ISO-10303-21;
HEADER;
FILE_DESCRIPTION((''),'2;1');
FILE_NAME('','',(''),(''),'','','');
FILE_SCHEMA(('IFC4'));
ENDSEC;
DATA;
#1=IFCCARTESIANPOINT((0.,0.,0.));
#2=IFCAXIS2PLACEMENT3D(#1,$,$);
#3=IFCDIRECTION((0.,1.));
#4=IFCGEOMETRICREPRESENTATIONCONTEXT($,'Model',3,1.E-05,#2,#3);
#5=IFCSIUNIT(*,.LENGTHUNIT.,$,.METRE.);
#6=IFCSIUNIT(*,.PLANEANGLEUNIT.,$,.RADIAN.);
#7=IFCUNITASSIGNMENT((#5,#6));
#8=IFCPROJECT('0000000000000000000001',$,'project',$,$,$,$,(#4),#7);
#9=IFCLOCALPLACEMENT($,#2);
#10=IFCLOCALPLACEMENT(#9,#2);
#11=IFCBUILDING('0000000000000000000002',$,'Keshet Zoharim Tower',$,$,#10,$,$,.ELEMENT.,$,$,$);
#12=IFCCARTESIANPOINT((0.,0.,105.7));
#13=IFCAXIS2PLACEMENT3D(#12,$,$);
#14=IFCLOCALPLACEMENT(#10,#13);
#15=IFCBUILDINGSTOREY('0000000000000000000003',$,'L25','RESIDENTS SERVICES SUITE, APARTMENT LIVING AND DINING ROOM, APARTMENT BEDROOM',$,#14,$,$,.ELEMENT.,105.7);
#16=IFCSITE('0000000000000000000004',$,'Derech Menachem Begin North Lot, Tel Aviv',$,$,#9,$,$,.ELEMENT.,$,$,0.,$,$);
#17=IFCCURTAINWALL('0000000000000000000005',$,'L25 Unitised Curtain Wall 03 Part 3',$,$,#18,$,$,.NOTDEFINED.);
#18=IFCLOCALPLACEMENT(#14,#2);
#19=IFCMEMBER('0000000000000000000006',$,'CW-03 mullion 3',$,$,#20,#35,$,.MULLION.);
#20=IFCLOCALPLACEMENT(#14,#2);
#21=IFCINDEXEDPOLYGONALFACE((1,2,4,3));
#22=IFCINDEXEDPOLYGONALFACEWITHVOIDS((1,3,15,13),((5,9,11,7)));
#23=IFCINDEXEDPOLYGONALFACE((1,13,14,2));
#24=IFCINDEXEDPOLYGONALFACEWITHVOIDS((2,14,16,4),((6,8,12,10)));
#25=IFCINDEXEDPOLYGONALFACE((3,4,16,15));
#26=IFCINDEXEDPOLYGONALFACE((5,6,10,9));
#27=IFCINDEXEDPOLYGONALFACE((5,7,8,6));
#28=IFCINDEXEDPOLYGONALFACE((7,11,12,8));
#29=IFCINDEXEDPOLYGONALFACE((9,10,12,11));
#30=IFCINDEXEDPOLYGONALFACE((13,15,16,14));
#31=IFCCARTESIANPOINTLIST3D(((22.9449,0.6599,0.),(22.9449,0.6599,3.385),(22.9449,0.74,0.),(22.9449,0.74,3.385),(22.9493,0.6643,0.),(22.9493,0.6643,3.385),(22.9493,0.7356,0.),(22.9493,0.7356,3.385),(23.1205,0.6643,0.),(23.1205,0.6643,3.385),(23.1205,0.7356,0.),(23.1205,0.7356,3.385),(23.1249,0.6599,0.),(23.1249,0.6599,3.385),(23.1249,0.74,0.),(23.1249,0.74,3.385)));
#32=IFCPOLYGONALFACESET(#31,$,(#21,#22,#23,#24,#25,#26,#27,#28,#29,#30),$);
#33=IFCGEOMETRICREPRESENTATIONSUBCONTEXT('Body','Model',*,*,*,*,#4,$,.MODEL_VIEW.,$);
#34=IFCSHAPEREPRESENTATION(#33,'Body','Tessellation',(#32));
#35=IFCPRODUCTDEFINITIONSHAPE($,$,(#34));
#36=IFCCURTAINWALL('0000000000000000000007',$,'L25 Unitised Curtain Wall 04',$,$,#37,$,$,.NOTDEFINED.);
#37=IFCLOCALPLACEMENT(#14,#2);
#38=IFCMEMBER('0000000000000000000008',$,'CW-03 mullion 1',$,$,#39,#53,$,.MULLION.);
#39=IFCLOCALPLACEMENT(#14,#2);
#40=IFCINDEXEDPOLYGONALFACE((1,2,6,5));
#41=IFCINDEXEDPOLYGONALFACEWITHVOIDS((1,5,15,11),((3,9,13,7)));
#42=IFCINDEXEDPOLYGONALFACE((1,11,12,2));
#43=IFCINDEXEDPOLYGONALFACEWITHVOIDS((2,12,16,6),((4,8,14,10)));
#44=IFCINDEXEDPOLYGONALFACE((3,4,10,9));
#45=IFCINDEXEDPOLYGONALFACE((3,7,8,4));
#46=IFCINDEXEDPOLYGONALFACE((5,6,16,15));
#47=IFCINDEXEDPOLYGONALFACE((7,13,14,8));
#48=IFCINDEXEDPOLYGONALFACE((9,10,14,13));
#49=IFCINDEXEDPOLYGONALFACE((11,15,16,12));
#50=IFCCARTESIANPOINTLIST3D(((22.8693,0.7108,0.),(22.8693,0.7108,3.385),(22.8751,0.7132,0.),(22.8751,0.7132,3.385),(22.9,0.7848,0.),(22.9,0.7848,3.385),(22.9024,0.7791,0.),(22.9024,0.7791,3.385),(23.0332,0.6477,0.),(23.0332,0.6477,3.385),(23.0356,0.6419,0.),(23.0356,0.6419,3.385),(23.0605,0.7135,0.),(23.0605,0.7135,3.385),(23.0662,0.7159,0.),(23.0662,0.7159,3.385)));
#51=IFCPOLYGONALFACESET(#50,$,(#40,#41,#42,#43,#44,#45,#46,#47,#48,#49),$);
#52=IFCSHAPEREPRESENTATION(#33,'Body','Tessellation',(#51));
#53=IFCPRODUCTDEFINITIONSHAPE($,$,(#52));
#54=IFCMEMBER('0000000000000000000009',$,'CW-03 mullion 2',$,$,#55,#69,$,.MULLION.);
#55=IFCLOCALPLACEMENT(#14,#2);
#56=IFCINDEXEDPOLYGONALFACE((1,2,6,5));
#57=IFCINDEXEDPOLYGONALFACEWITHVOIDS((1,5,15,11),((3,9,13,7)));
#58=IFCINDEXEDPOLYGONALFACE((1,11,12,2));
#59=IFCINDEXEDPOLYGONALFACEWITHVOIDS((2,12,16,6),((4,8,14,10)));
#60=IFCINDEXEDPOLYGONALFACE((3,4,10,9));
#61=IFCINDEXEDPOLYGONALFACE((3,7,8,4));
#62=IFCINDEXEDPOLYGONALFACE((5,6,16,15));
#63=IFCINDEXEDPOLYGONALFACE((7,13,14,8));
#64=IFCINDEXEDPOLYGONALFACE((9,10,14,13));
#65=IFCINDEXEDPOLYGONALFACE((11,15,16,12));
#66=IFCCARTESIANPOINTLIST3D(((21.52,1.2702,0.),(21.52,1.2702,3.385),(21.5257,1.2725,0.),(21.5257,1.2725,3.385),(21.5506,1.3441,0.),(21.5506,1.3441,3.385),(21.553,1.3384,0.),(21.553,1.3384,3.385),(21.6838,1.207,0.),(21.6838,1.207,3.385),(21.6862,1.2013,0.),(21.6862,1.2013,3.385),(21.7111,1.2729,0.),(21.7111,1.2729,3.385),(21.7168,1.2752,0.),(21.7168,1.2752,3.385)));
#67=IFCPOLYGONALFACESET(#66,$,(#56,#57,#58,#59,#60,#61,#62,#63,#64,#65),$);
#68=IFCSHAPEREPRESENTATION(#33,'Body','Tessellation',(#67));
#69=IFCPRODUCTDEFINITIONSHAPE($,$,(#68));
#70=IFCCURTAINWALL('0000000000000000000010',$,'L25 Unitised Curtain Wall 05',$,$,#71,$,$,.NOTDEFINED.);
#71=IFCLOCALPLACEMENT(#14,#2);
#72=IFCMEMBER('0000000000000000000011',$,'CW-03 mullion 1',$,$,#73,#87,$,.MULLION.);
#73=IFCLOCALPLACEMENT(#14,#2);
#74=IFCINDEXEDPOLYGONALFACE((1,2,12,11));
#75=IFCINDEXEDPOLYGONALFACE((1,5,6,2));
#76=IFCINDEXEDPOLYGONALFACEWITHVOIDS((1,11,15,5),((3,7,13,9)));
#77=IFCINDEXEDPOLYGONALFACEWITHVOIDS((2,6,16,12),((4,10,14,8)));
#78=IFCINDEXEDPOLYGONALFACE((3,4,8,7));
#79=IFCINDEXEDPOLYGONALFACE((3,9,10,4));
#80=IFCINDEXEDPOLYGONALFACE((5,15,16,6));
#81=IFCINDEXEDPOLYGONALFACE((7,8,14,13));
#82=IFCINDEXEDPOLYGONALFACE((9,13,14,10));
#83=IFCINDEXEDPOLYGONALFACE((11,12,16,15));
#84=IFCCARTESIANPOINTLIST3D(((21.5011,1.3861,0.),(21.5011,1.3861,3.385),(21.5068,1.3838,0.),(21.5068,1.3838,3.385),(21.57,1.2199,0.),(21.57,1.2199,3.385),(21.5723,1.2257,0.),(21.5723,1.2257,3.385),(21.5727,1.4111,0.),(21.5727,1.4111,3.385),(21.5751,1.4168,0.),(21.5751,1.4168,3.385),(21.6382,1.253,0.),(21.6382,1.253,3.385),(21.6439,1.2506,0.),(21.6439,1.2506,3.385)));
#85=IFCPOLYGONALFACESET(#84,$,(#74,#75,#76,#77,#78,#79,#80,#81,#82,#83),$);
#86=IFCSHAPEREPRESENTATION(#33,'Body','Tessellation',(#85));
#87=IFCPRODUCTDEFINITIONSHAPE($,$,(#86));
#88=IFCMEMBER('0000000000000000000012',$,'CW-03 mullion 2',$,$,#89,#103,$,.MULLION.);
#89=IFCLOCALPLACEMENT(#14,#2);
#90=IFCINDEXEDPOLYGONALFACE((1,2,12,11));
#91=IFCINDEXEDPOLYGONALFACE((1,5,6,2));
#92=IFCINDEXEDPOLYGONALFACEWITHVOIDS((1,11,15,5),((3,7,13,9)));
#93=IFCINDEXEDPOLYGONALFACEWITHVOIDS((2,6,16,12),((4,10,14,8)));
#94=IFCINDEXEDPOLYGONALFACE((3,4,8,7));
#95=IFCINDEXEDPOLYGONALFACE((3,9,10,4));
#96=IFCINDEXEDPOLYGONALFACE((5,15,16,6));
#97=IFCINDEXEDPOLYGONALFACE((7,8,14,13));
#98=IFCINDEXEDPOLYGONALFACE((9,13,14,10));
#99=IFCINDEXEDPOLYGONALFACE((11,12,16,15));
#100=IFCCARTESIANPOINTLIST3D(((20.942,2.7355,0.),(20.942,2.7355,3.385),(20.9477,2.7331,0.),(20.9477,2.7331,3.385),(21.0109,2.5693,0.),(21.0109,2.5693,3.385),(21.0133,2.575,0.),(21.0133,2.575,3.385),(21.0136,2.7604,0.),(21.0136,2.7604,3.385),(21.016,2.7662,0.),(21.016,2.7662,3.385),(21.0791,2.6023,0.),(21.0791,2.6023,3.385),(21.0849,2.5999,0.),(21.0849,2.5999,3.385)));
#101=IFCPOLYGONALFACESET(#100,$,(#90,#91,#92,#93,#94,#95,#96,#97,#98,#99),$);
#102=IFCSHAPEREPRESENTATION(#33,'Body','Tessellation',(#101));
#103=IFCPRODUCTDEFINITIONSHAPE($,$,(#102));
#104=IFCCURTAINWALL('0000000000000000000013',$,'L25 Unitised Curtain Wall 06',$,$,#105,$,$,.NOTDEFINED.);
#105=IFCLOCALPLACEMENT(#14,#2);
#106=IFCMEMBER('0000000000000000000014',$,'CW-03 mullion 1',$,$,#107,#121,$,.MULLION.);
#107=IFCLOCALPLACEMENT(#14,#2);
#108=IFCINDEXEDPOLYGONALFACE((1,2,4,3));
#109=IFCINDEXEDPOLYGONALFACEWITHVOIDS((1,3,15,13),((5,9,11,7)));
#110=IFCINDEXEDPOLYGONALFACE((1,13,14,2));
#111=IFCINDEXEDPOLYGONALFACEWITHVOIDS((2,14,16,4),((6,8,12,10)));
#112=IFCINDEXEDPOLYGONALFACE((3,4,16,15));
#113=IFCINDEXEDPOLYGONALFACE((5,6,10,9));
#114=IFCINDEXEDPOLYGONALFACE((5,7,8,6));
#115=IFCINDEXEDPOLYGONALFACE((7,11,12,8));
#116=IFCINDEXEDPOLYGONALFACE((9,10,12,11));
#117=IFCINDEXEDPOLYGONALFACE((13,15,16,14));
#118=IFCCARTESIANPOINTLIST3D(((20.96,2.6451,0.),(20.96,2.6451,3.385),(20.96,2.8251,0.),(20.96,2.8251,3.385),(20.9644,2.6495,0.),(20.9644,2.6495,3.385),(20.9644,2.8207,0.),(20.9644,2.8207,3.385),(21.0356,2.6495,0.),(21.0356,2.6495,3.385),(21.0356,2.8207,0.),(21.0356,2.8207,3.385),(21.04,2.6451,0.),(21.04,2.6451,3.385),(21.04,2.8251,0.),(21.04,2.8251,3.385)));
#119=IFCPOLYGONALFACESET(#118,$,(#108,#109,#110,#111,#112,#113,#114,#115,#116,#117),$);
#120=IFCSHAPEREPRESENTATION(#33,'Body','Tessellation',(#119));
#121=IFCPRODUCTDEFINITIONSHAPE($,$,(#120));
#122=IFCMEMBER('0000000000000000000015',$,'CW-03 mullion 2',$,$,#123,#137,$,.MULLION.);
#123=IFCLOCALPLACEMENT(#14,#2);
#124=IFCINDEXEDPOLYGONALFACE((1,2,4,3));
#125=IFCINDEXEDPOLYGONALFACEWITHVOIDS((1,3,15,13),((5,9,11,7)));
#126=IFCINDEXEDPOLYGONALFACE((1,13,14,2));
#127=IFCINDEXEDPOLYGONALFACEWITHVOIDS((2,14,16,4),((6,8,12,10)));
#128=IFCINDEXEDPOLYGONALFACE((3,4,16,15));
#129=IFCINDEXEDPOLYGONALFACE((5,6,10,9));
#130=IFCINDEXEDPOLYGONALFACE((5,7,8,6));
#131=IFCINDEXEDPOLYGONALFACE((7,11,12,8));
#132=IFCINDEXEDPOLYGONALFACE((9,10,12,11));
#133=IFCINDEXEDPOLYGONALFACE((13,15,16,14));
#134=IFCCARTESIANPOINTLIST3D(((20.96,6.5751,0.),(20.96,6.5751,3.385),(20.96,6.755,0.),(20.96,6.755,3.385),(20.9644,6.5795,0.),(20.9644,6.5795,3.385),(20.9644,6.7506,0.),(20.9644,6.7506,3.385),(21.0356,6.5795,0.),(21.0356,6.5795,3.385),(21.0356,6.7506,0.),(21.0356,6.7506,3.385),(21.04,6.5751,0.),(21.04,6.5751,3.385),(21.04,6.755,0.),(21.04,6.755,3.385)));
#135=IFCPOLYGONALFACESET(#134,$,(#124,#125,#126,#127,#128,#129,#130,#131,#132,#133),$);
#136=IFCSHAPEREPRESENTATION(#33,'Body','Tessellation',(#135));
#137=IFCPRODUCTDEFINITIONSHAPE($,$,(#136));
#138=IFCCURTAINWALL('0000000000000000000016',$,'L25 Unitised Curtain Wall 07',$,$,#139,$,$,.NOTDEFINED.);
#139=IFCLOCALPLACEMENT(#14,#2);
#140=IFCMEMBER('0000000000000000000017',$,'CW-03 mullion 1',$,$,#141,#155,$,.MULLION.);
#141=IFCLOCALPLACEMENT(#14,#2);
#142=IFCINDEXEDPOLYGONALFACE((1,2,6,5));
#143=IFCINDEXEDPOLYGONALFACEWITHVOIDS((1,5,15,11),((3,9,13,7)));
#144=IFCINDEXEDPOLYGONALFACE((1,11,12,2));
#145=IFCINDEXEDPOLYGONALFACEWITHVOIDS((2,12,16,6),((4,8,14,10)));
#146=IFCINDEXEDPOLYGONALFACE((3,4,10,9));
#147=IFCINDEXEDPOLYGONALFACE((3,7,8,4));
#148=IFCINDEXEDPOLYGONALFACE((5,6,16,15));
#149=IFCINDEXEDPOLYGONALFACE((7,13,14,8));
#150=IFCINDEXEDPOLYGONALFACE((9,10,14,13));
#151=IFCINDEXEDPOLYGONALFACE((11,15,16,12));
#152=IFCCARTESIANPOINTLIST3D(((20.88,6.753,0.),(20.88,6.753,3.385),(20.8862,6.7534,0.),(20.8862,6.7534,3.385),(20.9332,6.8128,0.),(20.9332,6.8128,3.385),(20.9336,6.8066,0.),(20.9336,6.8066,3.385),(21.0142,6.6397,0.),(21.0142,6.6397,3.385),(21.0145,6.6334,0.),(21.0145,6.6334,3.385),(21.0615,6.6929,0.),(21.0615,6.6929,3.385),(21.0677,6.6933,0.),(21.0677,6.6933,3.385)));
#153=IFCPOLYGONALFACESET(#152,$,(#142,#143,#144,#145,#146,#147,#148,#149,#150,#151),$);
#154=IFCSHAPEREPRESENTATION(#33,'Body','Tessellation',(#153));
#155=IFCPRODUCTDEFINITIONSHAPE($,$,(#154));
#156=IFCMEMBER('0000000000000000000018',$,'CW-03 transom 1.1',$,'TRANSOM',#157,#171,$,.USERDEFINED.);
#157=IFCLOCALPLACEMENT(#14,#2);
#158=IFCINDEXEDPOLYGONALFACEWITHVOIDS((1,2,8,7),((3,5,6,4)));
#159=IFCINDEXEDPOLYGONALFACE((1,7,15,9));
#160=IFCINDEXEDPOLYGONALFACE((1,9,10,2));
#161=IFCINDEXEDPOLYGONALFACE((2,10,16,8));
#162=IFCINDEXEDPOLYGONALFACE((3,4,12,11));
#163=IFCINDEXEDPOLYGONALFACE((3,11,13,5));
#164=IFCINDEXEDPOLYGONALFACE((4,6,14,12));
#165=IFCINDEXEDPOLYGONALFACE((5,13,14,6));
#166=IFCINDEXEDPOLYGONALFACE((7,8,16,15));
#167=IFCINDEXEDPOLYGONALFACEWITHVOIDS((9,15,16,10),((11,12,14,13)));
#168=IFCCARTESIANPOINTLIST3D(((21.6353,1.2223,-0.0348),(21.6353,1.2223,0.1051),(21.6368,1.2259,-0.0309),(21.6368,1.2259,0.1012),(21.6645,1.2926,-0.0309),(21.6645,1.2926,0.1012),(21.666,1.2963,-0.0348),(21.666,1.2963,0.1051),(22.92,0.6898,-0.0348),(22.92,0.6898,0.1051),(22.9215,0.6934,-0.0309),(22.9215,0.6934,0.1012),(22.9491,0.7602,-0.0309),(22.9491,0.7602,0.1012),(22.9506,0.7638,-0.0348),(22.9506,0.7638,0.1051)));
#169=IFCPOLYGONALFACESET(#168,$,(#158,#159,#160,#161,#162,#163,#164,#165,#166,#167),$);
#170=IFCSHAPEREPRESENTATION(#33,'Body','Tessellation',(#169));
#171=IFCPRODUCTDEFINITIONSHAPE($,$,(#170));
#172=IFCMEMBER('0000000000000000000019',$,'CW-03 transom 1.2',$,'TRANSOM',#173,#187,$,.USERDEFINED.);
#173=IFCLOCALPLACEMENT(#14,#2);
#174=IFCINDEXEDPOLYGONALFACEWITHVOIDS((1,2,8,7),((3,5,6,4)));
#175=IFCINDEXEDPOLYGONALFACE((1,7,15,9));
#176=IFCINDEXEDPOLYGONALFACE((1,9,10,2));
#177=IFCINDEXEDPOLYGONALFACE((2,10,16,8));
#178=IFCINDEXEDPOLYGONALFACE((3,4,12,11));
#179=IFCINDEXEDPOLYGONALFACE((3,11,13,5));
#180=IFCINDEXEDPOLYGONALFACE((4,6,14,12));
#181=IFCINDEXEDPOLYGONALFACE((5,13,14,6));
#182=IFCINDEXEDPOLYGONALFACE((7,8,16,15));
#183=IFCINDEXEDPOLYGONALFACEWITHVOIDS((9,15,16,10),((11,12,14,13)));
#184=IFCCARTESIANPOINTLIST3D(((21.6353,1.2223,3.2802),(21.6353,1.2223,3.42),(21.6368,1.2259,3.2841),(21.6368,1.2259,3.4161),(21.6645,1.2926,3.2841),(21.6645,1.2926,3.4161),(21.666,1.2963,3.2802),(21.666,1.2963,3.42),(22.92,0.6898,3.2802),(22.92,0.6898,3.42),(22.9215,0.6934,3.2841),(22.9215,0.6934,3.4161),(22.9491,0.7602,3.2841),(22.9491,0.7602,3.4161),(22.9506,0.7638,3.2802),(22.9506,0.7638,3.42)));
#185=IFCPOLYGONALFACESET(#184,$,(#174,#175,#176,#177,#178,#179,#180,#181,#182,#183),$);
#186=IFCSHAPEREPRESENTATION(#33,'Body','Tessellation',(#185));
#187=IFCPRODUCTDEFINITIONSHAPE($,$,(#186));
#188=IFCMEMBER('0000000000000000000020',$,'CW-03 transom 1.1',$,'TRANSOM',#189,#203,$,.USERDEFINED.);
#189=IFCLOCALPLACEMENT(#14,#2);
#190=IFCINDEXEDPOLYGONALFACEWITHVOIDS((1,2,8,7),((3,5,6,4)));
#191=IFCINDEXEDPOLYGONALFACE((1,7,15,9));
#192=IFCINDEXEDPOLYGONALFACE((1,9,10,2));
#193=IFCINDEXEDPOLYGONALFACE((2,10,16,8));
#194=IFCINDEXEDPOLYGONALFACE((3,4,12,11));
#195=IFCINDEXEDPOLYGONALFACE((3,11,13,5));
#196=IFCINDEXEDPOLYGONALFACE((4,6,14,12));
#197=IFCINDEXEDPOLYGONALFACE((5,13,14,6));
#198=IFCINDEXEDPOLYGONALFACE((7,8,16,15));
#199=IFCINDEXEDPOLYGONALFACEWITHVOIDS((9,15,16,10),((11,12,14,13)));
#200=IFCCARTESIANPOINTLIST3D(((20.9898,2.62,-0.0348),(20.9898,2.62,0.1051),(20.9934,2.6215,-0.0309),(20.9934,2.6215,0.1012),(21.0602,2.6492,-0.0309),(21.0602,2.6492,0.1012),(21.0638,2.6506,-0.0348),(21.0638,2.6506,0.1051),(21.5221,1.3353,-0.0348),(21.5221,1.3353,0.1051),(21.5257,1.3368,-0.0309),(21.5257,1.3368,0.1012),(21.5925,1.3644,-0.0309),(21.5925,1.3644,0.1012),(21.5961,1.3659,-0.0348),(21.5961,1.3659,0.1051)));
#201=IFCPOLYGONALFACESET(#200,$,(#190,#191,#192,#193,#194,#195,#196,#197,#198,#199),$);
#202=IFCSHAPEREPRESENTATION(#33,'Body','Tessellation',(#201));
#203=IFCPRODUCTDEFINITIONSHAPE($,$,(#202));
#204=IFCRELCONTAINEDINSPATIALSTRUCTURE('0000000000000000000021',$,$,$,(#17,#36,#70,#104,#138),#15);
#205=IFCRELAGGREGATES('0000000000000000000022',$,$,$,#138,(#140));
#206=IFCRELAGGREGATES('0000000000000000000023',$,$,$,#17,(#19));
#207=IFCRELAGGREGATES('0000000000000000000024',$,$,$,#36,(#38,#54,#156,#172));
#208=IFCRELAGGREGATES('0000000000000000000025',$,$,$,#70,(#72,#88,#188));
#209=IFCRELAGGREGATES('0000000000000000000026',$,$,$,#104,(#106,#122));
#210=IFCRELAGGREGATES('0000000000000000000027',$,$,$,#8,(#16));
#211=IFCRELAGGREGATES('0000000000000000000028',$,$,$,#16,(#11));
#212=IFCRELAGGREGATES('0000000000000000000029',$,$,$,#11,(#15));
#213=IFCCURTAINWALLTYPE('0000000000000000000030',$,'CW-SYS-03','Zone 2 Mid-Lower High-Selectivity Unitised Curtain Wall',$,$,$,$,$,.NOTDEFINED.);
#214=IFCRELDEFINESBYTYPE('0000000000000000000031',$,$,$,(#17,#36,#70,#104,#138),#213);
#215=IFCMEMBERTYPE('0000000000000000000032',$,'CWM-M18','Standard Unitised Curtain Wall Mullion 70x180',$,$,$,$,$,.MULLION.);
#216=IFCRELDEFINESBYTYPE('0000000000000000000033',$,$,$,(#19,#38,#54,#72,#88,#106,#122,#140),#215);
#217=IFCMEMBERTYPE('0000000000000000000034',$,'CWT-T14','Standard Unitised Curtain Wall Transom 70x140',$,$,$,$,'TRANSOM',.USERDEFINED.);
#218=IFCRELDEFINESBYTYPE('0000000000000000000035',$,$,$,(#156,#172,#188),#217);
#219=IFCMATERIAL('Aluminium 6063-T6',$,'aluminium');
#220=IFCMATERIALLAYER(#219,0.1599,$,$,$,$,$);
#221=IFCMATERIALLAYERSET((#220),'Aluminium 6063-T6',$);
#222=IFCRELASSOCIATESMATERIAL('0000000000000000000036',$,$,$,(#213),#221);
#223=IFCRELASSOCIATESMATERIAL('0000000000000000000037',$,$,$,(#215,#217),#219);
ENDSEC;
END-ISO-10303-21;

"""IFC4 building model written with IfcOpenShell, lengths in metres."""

from ifc_helpers import new_model, si_unit, direction, frame, origin, origin_2d, place, context, subcontext, project, spatial, hollow_rectangle, extrude, material, layer, layer_set, material_profile, profile_set, type_object, element, aggregate, save


model = new_model("IFC4")

# Units and contexts
model_context = context("Model", 3, precision=1e-05, world=origin(), true_north=direction((0.0, 1.0)))
body_context = subcontext(model_context, "Body", "Model", "MODEL_VIEW")
ifc_project = project(units=[si_unit("LENGTHUNIT", "METRE"), si_unit("PLANEANGLEUNIT", "RADIAN")], contexts=[model_context])

# Site, building, storey
site_placement = place(None, origin())
site = spatial("IfcSite", under=ifc_project, at=site_placement, Name="Derech Menachem Begin North Lot, Tel Aviv", CompositionType="ELEMENT", RefElevation=0.0)
building_placement = place(site_placement, origin())
building = spatial("IfcBuilding", under=site, at=building_placement, Name="Keshet Zoharim Tower", CompositionType="ELEMENT")
storey_placement = place(building_placement, frame((0.0, 0.0, 105.7)))
storey = spatial("IfcBuildingStorey", under=building, at=storey_placement, Name="L25", Description="RESIDENTS SERVICES SUITE, APARTMENT LIVING AND DINING ROOM, APARTMENT BEDROOM", CompositionType="ELEMENT", Elevation=105.7)

# Curtain wall, member
ifc_material_1 = material(Name="Aluminium 6063-T6", Category="aluminium")
ifc_layer_1 = layer(ifc_material_1, 0.1599)
ifc_layer_set_1 = layer_set([ifc_layer_1], Name="Aluminium 6063-T6")
curtain_wall_type = type_object("IfcCurtainWallType", Name="CW-SYS-03", Description="Zone 2 Mid-Lower High-Selectivity Unitised Curtain Wall", PredefinedType="NOTDEFINED", material=ifc_layer_set_1)
curtain_wall_1_placement = place(storey_placement, origin())
curtain_wall_1 = element("IfcCurtainWall", 1, at=curtain_wall_1_placement, inside=storey, type_object=curtain_wall_type, Name="L25 Unitised Curtain Wall 03 Part 3", PredefinedType="NOTDEFINED")
ifc_material_profile_1 = material_profile(ifc_material_1, hollow_rectangle(XDim=0.0801, YDim=0.1799, WallThickness=0.0044, at=origin_2d()), Name="MUL-80x180")
ifc_profile_set_1 = profile_set([ifc_material_profile_1], Name="Aluminium 6063-T6")
member_type_1 = type_object("IfcMemberType", Name="CWM-M18", Description="Standard Unitised Curtain Wall Mullion 70x180", PredefinedType="MULLION", material=ifc_profile_set_1)
member_1_placement = place(storey_placement, frame((23.0349, 0.7, 0.0), z_axis=(0.0, 0.0, 1.0), x_axis=(0.0, -1.0, 0.0)))
member_1 = element("IfcMember", 2, at=member_1_placement, type_object=member_type_1, Name="CW-03 mullion 3", PredefinedType="MULLION", context=body_context, shape_type="SweptSolid", body=[
    extrude(hollow_rectangle(XDim=0.0801, YDim=0.1799, WallThickness=0.0044, at=origin_2d()), origin(), (0.0, 0.0, 1.0), 3.385),
])

# Curtain walls, members
curtain_wall_2_placement = place(storey_placement, origin())
curtain_wall_2 = element("IfcCurtainWall", 3, at=curtain_wall_2_placement, inside=storey, type_object=curtain_wall_type, Name="L25 Unitised Curtain Wall 04", PredefinedType="NOTDEFINED")
member_2_placement = place(storey_placement, frame((22.9678, 0.7134, 0.0), z_axis=(0.0, 0.0, 1.0), x_axis=(-0.382852, -0.92381, 0.0)))
member_2 = element("IfcMember", 4, at=member_2_placement, type_object=member_type_1, Name="CW-03 mullion 1", PredefinedType="MULLION", context=body_context, shape_type="SweptSolid", body=[
    extrude(hollow_rectangle(XDim=0.0801, YDim=0.1799, WallThickness=0.0044, at=origin_2d()), origin(), (0.0, 0.0, 1.0), 3.385),
])
member_3_placement = place(storey_placement, frame((21.6184, 1.2727, 0.0), z_axis=(0.0, 0.0, 1.0), x_axis=(-0.382852, -0.92381, 0.0)))
member_3 = element("IfcMember", 5, at=member_3_placement, type_object=member_type_1, Name="CW-03 mullion 2", PredefinedType="MULLION", context=body_context, shape_type="SweptSolid", body=[
    extrude(hollow_rectangle(XDim=0.0801, YDim=0.1799, WallThickness=0.0044, at=origin_2d()), origin(), (0.0, 0.0, 1.0), 3.385),
])
curtain_wall_3_placement = place(storey_placement, origin())
curtain_wall_3 = element("IfcCurtainWall", 6, at=curtain_wall_3_placement, inside=storey, type_object=curtain_wall_type, Name="L25 Unitised Curtain Wall 05", PredefinedType="NOTDEFINED")
member_4_placement = place(storey_placement, frame((21.5725, 1.3184, 0.0), z_axis=(0.0, 0.0, 1.0), x_axis=(-0.92381, -0.382852, 0.0)))
member_4 = element("IfcMember", 7, at=member_4_placement, type_object=member_type_1, Name="CW-03 mullion 1", PredefinedType="MULLION", context=body_context, shape_type="SweptSolid", body=[
    extrude(hollow_rectangle(XDim=0.0801, YDim=0.1799, WallThickness=0.0044, at=origin_2d()), origin(), (0.0, 0.0, 1.0), 3.385),
])
member_5_placement = place(storey_placement, frame((21.0134, 2.6677, 0.0), z_axis=(0.0, 0.0, 1.0), x_axis=(-0.92381, -0.382852, 0.0)))
member_5 = element("IfcMember", 8, at=member_5_placement, type_object=member_type_1, Name="CW-03 mullion 2", PredefinedType="MULLION", context=body_context, shape_type="SweptSolid", body=[
    extrude(hollow_rectangle(XDim=0.0801, YDim=0.1799, WallThickness=0.0044, at=origin_2d()), origin(), (0.0, 0.0, 1.0), 3.385),
])
curtain_wall_4_placement = place(storey_placement, origin())
curtain_wall_4 = element("IfcCurtainWall", 9, at=curtain_wall_4_placement, inside=storey, type_object=curtain_wall_type, Name="L25 Unitised Curtain Wall 06", PredefinedType="NOTDEFINED")
member_6_placement = place(storey_placement, frame((21.0, 2.7351, 0.0), z_axis=(0.0, 0.0, 1.0), x_axis=(-1.0, 0.0, 0.0)))
member_6 = element("IfcMember", 10, at=member_6_placement, type_object=member_type_1, Name="CW-03 mullion 1", PredefinedType="MULLION", context=body_context, shape_type="SweptSolid", body=[
    extrude(hollow_rectangle(XDim=0.0801, YDim=0.1799, WallThickness=0.0044, at=origin_2d()), origin(), (0.0, 0.0, 1.0), 3.385),
])
member_7_placement = place(storey_placement, frame((21.0, 6.665, 0.0), z_axis=(0.0, 0.0, 1.0), x_axis=(-1.0, 0.0, 0.0)))
member_7 = element("IfcMember", 11, at=member_7_placement, type_object=member_type_1, Name="CW-03 mullion 2", PredefinedType="MULLION", context=body_context, shape_type="SweptSolid", body=[
    extrude(hollow_rectangle(XDim=0.0801, YDim=0.1799, WallThickness=0.0044, at=origin_2d()), origin(), (0.0, 0.0, 1.0), 3.385),
])

# Curtain wall, member
curtain_wall_5_placement = place(storey_placement, origin())
curtain_wall_5 = element("IfcCurtainWall", 12, at=curtain_wall_5_placement, inside=storey, type_object=curtain_wall_type, Name="L25 Unitised Curtain Wall 07", PredefinedType="NOTDEFINED")
member_8_placement = place(storey_placement, frame((20.9739, 6.7231, 0.0), z_axis=(0.0, 0.0, 1.0), x_axis=(-0.66436, -0.747412, 0.0)))
member_8 = element("IfcMember", 13, at=member_8_placement, type_object=member_type_1, Name="CW-03 mullion 1", PredefinedType="MULLION", context=body_context, shape_type="SweptSolid", body=[
    extrude(hollow_rectangle(XDim=0.0801, YDim=0.1799, WallThickness=0.0044, at=origin_2d()), origin(), (0.0, 0.0, 1.0), 3.385),
])

# Members
ifc_material_profile_2 = material_profile(ifc_material_1, hollow_rectangle(XDim=0.0801, YDim=0.1399, WallThickness=0.0039, at=origin_2d()), Name="TRN-80x140")
ifc_profile_set_2 = profile_set([ifc_material_profile_2], Name="Aluminium 6063-T6")
member_type_2 = type_object("IfcMemberType", Name="CWT-T14", Description="Standard Unitised Curtain Wall Transom 70x140", ElementType="TRANSOM", PredefinedType="USERDEFINED", material=ifc_profile_set_2)
member_9_placement = place(storey_placement, frame((22.9353, 0.7268, 0.0352), z_axis=(-0.923792, 0.382894, 0.0), x_axis=(-0.382894, -0.923792, 0.0)))
member_9 = element("IfcMember", 14, at=member_9_placement, type_object=member_type_2, Name="CW-03 transom 1.1", ObjectType="TRANSOM", PredefinedType="USERDEFINED", context=body_context, shape_type="SweptSolid", body=[
    extrude(hollow_rectangle(XDim=0.0801, YDim=0.1399, WallThickness=0.0039, at=origin_2d()), origin(), (0.0, 0.0, 1.0), 1.3906),
])
member_10_placement = place(storey_placement, frame((22.9353, 0.7268, 3.3501), z_axis=(-0.923792, 0.382894, 0.0), x_axis=(-0.382894, -0.923792, 0.0)))
member_10 = element("IfcMember", 15, at=member_10_placement, type_object=member_type_2, Name="CW-03 transom 1.2", ObjectType="TRANSOM", PredefinedType="USERDEFINED", context=body_context, shape_type="SweptSolid", body=[
    extrude(hollow_rectangle(XDim=0.0801, YDim=0.1399, WallThickness=0.0039, at=origin_2d()), origin(), (0.0, 0.0, 1.0), 1.3906),
])
member_11_placement = place(storey_placement, frame((21.5591, 1.3506, 0.0352), z_axis=(-0.382745, 0.923854, 0.0), x_axis=(-0.923854, -0.382745, 0.0)))
member_11 = element("IfcMember", 16, at=member_11_placement, type_object=member_type_2, Name="CW-03 transom 1.1", ObjectType="TRANSOM", PredefinedType="USERDEFINED", context=body_context, shape_type="SweptSolid", body=[
    extrude(hollow_rectangle(XDim=0.0801, YDim=0.1399, WallThickness=0.0039, at=origin_2d()), origin(), (0.0, 0.0, 1.0), 1.3906),
])
aggregate(curtain_wall_5, [member_8])

aggregate(curtain_wall_1, [member_1])
aggregate(curtain_wall_2, [member_2, member_3, member_9, member_10])
aggregate(curtain_wall_3, [member_4, member_5, member_11])
aggregate(curtain_wall_4, [member_6, member_7])

save(model, "model.ifc")
